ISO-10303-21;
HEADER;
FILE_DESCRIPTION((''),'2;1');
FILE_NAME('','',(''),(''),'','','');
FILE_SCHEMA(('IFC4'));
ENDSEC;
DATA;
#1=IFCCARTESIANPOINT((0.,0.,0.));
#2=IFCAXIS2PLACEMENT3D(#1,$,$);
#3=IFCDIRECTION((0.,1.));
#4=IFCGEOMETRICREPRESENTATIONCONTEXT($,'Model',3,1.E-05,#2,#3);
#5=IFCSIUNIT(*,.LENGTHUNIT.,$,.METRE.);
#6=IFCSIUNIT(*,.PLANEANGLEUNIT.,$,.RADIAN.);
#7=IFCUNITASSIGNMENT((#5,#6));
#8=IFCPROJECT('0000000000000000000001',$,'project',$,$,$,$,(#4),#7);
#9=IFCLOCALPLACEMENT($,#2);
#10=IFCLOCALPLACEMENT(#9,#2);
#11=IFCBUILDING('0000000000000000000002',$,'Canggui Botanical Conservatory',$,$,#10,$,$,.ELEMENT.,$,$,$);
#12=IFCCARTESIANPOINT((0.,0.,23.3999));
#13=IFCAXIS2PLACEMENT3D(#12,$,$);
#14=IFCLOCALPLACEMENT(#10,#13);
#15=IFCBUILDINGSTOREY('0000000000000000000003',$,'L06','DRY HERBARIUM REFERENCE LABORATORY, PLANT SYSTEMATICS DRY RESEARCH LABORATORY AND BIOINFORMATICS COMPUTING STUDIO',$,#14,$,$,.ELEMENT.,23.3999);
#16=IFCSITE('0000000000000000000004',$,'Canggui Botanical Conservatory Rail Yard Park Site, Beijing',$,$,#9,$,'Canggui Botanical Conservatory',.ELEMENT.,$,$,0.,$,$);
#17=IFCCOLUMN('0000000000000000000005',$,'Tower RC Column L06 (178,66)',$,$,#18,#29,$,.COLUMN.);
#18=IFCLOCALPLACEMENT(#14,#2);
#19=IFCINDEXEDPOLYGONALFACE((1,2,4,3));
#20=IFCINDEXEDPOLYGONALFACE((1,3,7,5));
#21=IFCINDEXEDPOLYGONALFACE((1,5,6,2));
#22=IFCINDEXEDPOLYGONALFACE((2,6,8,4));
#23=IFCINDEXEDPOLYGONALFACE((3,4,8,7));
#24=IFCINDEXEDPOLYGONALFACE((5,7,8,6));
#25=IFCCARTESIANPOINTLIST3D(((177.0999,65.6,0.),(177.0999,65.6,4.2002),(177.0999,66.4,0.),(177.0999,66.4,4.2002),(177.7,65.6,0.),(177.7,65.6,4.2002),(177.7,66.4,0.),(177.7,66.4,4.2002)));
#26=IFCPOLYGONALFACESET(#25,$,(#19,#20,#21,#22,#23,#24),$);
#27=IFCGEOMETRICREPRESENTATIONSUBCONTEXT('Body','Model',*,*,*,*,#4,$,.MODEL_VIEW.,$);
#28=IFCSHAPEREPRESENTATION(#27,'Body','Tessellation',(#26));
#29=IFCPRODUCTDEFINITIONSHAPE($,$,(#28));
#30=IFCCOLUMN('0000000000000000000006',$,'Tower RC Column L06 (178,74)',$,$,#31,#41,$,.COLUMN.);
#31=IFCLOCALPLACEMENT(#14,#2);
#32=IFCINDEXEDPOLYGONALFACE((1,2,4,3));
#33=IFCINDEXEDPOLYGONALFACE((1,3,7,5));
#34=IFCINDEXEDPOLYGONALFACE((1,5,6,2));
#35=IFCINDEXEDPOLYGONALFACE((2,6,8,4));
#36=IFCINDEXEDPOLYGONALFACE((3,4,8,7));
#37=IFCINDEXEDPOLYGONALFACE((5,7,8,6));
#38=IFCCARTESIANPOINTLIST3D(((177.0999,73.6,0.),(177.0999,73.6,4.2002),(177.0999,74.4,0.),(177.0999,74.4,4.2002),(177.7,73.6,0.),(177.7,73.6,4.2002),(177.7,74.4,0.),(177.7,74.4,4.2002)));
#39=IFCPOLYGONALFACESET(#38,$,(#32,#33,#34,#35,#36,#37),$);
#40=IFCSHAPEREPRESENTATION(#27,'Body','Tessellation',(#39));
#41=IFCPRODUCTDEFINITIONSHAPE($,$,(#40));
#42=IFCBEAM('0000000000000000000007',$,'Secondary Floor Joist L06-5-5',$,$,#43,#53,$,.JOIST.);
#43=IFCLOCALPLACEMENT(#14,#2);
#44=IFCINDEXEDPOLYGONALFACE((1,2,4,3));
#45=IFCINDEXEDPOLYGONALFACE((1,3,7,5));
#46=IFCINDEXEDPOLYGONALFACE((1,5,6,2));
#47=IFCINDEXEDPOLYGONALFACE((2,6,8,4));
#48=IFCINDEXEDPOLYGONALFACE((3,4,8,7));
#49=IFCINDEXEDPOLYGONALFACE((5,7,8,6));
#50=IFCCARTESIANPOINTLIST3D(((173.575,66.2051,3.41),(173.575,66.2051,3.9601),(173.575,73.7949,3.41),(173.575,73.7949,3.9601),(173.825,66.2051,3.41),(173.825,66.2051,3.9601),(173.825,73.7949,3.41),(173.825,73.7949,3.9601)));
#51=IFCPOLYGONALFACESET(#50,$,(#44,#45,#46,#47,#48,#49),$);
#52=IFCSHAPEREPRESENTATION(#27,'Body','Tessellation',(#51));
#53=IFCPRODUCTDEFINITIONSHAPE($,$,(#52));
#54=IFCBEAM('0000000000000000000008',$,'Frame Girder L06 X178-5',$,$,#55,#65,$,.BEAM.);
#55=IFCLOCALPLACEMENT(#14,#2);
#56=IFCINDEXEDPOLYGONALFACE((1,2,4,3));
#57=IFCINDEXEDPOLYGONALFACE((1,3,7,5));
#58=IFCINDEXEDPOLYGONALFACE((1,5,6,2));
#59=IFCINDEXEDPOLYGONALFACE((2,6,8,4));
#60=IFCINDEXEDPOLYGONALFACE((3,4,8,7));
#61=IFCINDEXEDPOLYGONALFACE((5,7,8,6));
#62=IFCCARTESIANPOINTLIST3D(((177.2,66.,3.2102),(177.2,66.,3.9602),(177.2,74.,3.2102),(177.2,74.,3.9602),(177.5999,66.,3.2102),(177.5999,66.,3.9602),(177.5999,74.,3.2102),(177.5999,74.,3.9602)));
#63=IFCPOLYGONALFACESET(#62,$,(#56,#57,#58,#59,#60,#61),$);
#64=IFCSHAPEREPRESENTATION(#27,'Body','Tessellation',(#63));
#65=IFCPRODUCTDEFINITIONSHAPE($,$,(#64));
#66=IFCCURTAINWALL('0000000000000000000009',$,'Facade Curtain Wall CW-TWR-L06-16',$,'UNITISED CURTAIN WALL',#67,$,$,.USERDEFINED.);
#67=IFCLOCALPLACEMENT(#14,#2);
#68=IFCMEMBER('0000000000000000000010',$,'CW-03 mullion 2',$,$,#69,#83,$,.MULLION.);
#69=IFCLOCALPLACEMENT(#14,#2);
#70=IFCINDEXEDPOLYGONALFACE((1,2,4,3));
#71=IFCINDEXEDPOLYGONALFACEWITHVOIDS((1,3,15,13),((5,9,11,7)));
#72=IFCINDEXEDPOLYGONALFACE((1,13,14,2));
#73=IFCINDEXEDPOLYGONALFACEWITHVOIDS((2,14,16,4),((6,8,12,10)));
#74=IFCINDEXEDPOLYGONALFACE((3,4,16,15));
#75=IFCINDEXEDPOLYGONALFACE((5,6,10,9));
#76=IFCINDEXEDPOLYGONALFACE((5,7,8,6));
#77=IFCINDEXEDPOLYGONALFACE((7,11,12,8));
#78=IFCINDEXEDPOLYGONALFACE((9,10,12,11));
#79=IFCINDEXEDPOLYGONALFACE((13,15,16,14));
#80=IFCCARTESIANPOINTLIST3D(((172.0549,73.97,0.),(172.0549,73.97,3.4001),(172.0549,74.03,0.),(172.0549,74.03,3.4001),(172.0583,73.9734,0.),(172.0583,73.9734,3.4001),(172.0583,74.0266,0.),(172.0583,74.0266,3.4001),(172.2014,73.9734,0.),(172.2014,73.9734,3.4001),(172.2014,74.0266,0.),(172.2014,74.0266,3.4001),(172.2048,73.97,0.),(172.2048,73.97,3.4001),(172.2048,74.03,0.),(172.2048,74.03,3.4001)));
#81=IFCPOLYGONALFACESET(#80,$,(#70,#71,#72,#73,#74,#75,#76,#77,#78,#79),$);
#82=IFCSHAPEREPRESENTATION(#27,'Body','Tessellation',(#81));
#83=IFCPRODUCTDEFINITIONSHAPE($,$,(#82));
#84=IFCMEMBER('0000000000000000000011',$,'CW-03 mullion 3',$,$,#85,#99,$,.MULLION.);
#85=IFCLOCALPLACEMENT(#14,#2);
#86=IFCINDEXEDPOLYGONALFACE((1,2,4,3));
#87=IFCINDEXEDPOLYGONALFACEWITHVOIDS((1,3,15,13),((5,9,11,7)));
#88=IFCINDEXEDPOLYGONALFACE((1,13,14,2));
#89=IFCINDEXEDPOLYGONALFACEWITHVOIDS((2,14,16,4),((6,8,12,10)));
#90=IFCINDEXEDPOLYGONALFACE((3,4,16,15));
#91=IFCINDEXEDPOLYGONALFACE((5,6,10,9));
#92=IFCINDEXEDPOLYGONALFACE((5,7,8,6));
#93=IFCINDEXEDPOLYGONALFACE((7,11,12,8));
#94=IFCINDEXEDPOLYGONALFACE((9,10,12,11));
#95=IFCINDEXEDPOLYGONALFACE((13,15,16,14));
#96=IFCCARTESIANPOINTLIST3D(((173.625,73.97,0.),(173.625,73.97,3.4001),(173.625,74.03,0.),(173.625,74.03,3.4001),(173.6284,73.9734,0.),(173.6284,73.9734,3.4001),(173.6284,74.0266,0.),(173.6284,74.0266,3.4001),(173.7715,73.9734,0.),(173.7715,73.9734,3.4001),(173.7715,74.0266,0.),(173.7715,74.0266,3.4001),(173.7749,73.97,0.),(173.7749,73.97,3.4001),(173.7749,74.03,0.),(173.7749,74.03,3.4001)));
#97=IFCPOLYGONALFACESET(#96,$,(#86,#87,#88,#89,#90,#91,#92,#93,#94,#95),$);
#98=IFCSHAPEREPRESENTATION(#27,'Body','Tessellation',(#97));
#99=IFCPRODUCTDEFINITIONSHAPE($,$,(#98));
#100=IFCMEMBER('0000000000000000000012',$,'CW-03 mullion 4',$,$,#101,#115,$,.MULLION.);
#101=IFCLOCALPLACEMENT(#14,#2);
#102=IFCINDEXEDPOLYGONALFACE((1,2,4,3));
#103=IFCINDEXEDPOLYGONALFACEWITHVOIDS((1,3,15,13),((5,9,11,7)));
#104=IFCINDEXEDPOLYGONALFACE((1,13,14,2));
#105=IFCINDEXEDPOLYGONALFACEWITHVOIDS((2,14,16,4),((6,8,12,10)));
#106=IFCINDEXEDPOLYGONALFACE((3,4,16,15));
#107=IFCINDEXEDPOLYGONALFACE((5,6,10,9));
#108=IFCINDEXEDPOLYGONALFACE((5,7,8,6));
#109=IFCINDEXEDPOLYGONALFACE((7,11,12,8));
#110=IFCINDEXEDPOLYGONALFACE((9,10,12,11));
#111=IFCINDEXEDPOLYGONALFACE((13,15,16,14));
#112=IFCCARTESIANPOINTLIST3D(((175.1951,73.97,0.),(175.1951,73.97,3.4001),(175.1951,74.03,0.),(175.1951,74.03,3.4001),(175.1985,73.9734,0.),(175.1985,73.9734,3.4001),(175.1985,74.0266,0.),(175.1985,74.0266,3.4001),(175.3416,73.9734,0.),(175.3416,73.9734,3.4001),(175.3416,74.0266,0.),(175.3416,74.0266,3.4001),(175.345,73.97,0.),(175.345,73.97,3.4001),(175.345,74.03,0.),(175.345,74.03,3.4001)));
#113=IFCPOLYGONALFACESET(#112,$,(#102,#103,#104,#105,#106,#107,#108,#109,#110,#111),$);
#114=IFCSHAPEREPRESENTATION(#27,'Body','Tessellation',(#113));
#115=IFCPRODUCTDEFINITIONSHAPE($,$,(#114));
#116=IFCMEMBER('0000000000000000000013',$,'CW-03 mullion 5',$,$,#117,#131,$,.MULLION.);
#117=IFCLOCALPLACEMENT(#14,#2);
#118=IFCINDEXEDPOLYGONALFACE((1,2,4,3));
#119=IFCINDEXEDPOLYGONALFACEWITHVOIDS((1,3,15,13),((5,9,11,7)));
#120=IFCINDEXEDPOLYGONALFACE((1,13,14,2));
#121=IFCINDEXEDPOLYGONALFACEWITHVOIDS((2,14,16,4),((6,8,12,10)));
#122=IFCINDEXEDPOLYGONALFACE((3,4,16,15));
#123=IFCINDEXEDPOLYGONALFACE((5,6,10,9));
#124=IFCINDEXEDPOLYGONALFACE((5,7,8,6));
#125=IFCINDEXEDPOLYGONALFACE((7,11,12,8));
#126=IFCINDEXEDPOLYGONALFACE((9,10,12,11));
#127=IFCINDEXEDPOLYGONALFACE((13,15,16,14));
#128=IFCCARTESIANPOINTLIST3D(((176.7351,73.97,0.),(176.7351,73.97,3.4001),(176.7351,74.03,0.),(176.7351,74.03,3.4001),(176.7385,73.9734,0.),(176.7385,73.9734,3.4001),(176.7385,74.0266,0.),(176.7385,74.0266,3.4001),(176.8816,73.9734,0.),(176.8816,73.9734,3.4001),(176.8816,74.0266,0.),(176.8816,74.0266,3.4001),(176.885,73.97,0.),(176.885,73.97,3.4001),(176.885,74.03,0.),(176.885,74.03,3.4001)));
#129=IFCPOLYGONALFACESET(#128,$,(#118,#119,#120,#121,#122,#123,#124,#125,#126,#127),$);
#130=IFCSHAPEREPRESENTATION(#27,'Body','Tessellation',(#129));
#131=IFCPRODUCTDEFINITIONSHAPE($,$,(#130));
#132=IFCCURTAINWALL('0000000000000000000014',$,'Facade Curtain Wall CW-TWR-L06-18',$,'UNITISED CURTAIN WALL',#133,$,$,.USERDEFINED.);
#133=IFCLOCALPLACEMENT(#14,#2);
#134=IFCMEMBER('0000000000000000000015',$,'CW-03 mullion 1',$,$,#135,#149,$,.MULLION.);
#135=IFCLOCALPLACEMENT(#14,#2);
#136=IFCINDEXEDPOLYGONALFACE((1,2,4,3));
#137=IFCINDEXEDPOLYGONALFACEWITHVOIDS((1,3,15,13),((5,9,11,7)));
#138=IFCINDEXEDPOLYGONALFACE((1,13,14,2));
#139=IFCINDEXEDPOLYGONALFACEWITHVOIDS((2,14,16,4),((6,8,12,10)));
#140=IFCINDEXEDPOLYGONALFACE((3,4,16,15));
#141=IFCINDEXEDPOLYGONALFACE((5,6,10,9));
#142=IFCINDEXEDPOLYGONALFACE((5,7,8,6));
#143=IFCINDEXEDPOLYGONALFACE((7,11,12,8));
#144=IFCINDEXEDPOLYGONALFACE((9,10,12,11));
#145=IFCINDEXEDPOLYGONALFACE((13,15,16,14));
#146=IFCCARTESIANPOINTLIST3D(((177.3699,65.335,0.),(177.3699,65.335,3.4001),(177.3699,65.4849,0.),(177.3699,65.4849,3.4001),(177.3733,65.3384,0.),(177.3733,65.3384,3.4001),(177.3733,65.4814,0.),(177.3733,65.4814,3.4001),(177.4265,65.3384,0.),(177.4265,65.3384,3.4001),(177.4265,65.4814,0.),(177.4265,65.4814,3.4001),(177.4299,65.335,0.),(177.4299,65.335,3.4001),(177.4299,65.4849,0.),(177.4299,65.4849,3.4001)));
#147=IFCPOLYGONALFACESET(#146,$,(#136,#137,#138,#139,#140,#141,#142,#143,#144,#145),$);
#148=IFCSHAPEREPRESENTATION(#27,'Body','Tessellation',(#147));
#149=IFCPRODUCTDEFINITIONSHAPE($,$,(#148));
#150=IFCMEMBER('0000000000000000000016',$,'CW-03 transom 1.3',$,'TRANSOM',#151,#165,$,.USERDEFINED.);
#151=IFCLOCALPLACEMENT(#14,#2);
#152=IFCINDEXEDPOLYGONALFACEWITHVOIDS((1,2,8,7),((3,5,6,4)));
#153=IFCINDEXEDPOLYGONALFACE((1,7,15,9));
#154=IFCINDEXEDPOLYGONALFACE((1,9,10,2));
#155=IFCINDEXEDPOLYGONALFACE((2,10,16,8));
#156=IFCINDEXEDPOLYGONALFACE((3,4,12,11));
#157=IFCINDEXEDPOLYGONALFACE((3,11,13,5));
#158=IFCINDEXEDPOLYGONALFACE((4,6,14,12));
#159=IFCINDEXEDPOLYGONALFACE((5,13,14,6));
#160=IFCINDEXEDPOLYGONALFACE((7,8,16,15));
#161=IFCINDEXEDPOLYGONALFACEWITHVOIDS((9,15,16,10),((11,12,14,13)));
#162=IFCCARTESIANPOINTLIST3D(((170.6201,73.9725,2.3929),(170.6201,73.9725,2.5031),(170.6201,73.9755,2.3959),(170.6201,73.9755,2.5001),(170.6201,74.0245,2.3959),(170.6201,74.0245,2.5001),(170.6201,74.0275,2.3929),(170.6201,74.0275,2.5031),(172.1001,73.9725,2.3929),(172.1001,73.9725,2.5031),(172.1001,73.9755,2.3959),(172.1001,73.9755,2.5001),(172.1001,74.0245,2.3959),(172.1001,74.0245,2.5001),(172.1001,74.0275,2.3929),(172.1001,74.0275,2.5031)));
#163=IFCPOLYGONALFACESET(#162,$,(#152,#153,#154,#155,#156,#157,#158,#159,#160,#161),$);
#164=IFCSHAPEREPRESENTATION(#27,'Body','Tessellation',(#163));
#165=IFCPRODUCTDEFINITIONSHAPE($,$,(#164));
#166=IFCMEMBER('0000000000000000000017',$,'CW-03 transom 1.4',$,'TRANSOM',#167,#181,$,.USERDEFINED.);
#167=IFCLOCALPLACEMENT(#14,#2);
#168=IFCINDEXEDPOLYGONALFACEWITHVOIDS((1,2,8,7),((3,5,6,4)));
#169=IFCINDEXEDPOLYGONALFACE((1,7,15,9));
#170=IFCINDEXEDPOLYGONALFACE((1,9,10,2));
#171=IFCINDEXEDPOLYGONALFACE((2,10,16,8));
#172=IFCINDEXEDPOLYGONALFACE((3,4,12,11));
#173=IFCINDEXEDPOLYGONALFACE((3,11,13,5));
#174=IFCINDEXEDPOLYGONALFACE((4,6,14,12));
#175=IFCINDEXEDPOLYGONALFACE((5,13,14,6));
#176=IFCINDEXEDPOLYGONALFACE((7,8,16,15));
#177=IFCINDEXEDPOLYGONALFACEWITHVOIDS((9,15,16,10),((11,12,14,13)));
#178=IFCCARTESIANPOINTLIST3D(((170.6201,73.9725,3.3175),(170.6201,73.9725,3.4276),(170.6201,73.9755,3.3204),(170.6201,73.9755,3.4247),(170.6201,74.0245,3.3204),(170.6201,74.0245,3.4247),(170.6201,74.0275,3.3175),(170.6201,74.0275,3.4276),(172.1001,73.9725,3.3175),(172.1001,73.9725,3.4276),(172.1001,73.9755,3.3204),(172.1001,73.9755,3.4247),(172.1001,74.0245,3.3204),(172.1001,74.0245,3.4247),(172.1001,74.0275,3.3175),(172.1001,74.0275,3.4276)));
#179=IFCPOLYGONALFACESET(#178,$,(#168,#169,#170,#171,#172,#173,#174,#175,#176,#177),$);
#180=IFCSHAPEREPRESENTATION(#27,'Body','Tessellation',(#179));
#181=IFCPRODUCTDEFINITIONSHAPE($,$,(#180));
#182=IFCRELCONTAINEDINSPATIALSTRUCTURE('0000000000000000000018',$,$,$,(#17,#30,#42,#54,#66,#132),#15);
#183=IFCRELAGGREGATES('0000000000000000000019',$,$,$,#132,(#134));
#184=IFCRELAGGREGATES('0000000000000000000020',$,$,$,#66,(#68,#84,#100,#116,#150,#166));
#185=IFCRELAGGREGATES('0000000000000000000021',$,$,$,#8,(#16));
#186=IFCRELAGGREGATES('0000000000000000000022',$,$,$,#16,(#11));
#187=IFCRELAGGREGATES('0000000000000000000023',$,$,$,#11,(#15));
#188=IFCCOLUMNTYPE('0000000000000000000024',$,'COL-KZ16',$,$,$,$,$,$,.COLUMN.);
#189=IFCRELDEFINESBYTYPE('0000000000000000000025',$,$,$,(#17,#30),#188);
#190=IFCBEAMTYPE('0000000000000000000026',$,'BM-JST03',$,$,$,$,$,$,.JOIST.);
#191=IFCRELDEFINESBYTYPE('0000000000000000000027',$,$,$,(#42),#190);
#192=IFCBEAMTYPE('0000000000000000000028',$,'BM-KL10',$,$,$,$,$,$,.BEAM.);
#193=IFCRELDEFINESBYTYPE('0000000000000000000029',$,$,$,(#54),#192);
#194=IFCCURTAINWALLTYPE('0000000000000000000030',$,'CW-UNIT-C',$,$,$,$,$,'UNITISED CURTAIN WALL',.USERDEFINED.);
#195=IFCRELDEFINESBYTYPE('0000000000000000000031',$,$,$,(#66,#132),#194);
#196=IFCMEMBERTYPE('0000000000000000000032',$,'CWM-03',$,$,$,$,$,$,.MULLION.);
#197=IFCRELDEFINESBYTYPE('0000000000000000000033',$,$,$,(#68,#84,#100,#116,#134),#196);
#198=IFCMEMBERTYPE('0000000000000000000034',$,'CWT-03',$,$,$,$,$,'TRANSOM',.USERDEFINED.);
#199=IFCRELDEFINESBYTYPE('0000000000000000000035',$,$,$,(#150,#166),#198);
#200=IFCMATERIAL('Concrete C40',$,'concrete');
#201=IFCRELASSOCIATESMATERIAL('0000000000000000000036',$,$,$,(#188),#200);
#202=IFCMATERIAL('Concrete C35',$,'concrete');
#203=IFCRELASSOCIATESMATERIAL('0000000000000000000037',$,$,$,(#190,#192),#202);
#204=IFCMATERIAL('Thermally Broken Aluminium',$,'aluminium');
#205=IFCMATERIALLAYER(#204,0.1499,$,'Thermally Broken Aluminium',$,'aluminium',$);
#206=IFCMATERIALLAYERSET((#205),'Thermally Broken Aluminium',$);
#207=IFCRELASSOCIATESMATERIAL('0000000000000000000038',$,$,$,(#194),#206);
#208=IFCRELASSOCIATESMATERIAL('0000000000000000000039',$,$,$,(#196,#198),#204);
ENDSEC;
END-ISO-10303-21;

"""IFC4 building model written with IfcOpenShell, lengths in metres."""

from ifc_helpers import new_model, si_unit, direction, frame, origin, origin_2d, place, context, subcontext, project, spatial, rectangle, hollow_rectangle, extrude, material, layer, layer_set, material_profile, profile_set, type_object, element, aggregate, save


model = new_model("IFC4")

# Units and contexts
model_context = context("Model", 3, precision=1e-05, world=origin(), true_north=direction((0.0, 1.0)))
body_context = subcontext(model_context, "Body", "Model", "MODEL_VIEW")
ifc_project = project(units=[si_unit("LENGTHUNIT", "METRE"), si_unit("PLANEANGLEUNIT", "RADIAN")], contexts=[model_context])

# Site, building, storey
site_placement = place(None, origin())
site = spatial("IfcSite", under=ifc_project, at=site_placement, Name="Canggui Botanical Conservatory Rail Yard Park Site, Beijing", LongName="Canggui Botanical Conservatory", CompositionType="ELEMENT", RefElevation=0.0)
building_placement = place(site_placement, origin())
building = spatial("IfcBuilding", under=site, at=building_placement, Name="Canggui Botanical Conservatory", CompositionType="ELEMENT")
storey_placement = place(building_placement, frame((0.0, 0.0, 23.3999)))
storey = spatial("IfcBuildingStorey", under=building, at=storey_placement, Name="L06", Description="DRY HERBARIUM REFERENCE LABORATORY, PLANT SYSTEMATICS DRY RESEARCH LABORATORY AND BIOINFORMATICS COMPUTING STUDIO", CompositionType="ELEMENT", Elevation=23.3999)

# Columns
ifc_material_1 = material(Name="Concrete C40", Category="concrete")
ifc_material_profile_1 = material_profile(ifc_material_1, rectangle(XDim=0.6001, YDim=0.8, at=origin_2d()), Name="RC 600x800")
ifc_profile_set_1 = profile_set([ifc_material_profile_1], Name="Concrete C40")
column_type = type_object("IfcColumnType", Name="COL-KZ16", PredefinedType="COLUMN", material=ifc_profile_set_1)
for number, where, z_axis, x_axis, name in (
    (1, (177.3999, 66.0, 0.0), (0.0, 0.0, 1.0), (1.0, 0.0, 0.0), "Tower RC Column L06 (178,66)"),
    (2, (177.3999, 74.0, 0.0), (0.0, 0.0, 1.0), (1.0, 0.0, 0.0), "Tower RC Column L06 (178,74)"),
):
    element("IfcColumn", number, at=place(storey_placement, frame(where, z_axis=z_axis, x_axis=x_axis)), inside=storey, type_object=column_type, Name=name, PredefinedType="COLUMN", context=body_context, shape_type="SweptSolid", body=[
        extrude(rectangle(XDim=0.6001, YDim=0.8, at=origin_2d()), origin(), (0.0, 0.0, 1.0), 4.2002),
    ])

# Beams
ifc_material_2 = material(Name="Concrete C35", Category="concrete")
ifc_material_profile_2 = material_profile(ifc_material_2, rectangle(XDim=0.25, YDim=0.55, at=origin_2d()), Name="RB 250x550")
ifc_profile_set_2 = profile_set([ifc_material_profile_2], Name="Concrete C35")
beam_type_1 = type_object("IfcBeamType", Name="BM-JST03", PredefinedType="JOIST", material=ifc_profile_set_2)
beam_1_placement = place(storey_placement, frame((173.7, 66.2051, 3.6851), z_axis=(0.0, 1.0, 0.0), x_axis=(-1.0, 0.0, 0.0)))
element("IfcBeam", 3, at=beam_1_placement, inside=storey, type_object=beam_type_1, Name="Secondary Floor Joist L06-5-5", PredefinedType="JOIST", context=body_context, shape_type="SweptSolid", body=[
    extrude(rectangle(XDim=0.25, YDim=0.55, at=origin_2d()), origin(), (0.0, 0.0, 1.0), 7.5898),
])
ifc_material_profile_3 = material_profile(ifc_material_2, rectangle(XDim=0.3999, YDim=0.75, at=origin_2d()), Name="RB 400x750")
ifc_profile_set_3 = profile_set([ifc_material_profile_3], Name="Concrete C35")
beam_type_2 = type_object("IfcBeamType", Name="BM-KL10", PredefinedType="BEAM", material=ifc_profile_set_3)
beam_2_placement = place(storey_placement, frame((177.3999, 66.0, 3.5852), z_axis=(0.0, 1.0, 0.0), x_axis=(-1.0, 0.0, 0.0)))
element("IfcBeam", 4, at=beam_2_placement, inside=storey, type_object=beam_type_2, Name="Frame Girder L06 X178-5", PredefinedType="BEAM", context=body_context, shape_type="SweptSolid", body=[
    extrude(rectangle(XDim=0.3999, YDim=0.75, at=origin_2d()), origin(), (0.0, 0.0, 1.0), 8.0),
])

# Curtain wall, members
ifc_material_3 = material(Name="Thermally Broken Aluminium", Category="aluminium")
ifc_layer_1 = layer(ifc_material_3, 0.1499, Name="Thermally Broken Aluminium", Category="aluminium")
ifc_layer_set_1 = layer_set([ifc_layer_1], Name="Thermally Broken Aluminium")
curtain_wall_type = type_object("IfcCurtainWallType", Name="CW-UNIT-C", ElementType="UNITISED CURTAIN WALL", PredefinedType="USERDEFINED", material=ifc_layer_set_1)
curtain_wall_1_placement = place(storey_placement, origin())
curtain_wall_1 = element("IfcCurtainWall", 5, at=curtain_wall_1_placement, inside=storey, type_object=curtain_wall_type, Name="Facade Curtain Wall CW-TWR-L06-16", ObjectType="UNITISED CURTAIN WALL", PredefinedType="USERDEFINED")
ifc_material_profile_4 = material_profile(ifc_material_3, hollow_rectangle(XDim=0.0601, YDim=0.1499, WallThickness=0.0034, at=origin_2d()), Name="CWM 60x150x3.5")
ifc_profile_set_4 = profile_set([ifc_material_profile_4], Name="Thermally Broken Aluminium")
member_type_1 = type_object("IfcMemberType", Name="CWM-03", PredefinedType="MULLION", material=ifc_profile_set_4)
member_1_placement = place(storey_placement, frame((172.1299, 74.0, 0.0), z_axis=(0.0, 0.0, 1.0), x_axis=(0.0, 1.0, 0.0)))
member_1 = element("IfcMember", 6, at=member_1_placement, type_object=member_type_1, Name="CW-03 mullion 2", PredefinedType="MULLION", context=body_context, shape_type="SweptSolid", body=[
    extrude(hollow_rectangle(XDim=0.0601, YDim=0.1499, WallThickness=0.0034, at=origin_2d()), origin(), (0.0, 0.0, 1.0), 3.4001),
])
member_2_placement = place(storey_placement, frame((173.7, 74.0, 0.0), z_axis=(0.0, 0.0, 1.0), x_axis=(0.0, 1.0, 0.0)))
member_2 = element("IfcMember", 7, at=member_2_placement, type_object=member_type_1, Name="CW-03 mullion 3", PredefinedType="MULLION", context=body_context, shape_type="SweptSolid", body=[
    extrude(hollow_rectangle(XDim=0.0601, YDim=0.1499, WallThickness=0.0034, at=origin_2d()), origin(), (0.0, 0.0, 1.0), 3.4001),
])
member_3_placement = place(storey_placement, frame((175.27, 74.0, 0.0), z_axis=(0.0, 0.0, 1.0), x_axis=(0.0, 1.0, 0.0)))
member_3 = element("IfcMember", 8, at=member_3_placement, type_object=member_type_1, Name="CW-03 mullion 4", PredefinedType="MULLION", context=body_context, shape_type="SweptSolid", body=[
    extrude(hollow_rectangle(XDim=0.0601, YDim=0.1499, WallThickness=0.0034, at=origin_2d()), origin(), (0.0, 0.0, 1.0), 3.4001),
])
member_4_placement = place(storey_placement, frame((176.8101, 74.0, 0.0), z_axis=(0.0, 0.0, 1.0), x_axis=(0.0, 1.0, 0.0)))
member_4 = element("IfcMember", 9, at=member_4_placement, type_object=member_type_1, Name="CW-03 mullion 5", PredefinedType="MULLION", context=body_context, shape_type="SweptSolid", body=[
    extrude(hollow_rectangle(XDim=0.0601, YDim=0.1499, WallThickness=0.0034, at=origin_2d()), origin(), (0.0, 0.0, 1.0), 3.4001),
])

# Curtain wall, member
curtain_wall_2_placement = place(storey_placement, origin())
curtain_wall_2 = element("IfcCurtainWall", 10, at=curtain_wall_2_placement, inside=storey, type_object=curtain_wall_type, Name="Facade Curtain Wall CW-TWR-L06-18", ObjectType="UNITISED CURTAIN WALL", PredefinedType="USERDEFINED")
member_5_placement = place(storey_placement, frame((177.3999, 65.4099, 0.0), z_axis=(0.0, 0.0, 1.0), x_axis=(1.0, 0.0, 0.0)))
member_5 = element("IfcMember", 11, at=member_5_placement, type_object=member_type_1, Name="CW-03 mullion 1", PredefinedType="MULLION", context=body_context, shape_type="SweptSolid", body=[
    extrude(hollow_rectangle(XDim=0.0601, YDim=0.1499, WallThickness=0.0034, at=origin_2d()), origin(), (0.0, 0.0, 1.0), 3.4001),
])
aggregate(curtain_wall_2, [member_5])

# Members
ifc_material_profile_5 = material_profile(ifc_material_3, hollow_rectangle(XDim=0.0549, YDim=0.1101, WallThickness=0.0029, at=origin_2d()), Name="CWT 55x110x3")
ifc_profile_set_5 = profile_set([ifc_material_profile_5], Name="Thermally Broken Aluminium")
member_type_2 = type_object("IfcMemberType", Name="CWT-03", ElementType="TRANSOM", PredefinedType="USERDEFINED", material=ifc_profile_set_5)
member_6_placement = place(storey_placement, frame((170.6201, 74.0, 2.448), z_axis=(1.0, 0.0, 0.0), x_axis=(0.0, 1.0, 0.0)))
member_6 = element("IfcMember", 12, at=member_6_placement, type_object=member_type_2, Name="CW-03 transom 1.3", ObjectType="TRANSOM", PredefinedType="USERDEFINED", context=body_context, shape_type="SweptSolid", body=[
    extrude(hollow_rectangle(XDim=0.0549, YDim=0.1101, WallThickness=0.0029, at=origin_2d()), origin(), (0.0, 0.0, 1.0), 1.48),
])
member_7_placement = place(storey_placement, frame((170.6201, 74.0, 3.3726), z_axis=(1.0, 0.0, 0.0), x_axis=(0.0, 1.0, 0.0)))
member_7 = element("IfcMember", 13, at=member_7_placement, type_object=member_type_2, Name="CW-03 transom 1.4", ObjectType="TRANSOM", PredefinedType="USERDEFINED", context=body_context, shape_type="SweptSolid", body=[
    extrude(hollow_rectangle(XDim=0.0549, YDim=0.1101, WallThickness=0.0029, at=origin_2d()), origin(), (0.0, 0.0, 1.0), 1.48),
])

aggregate(curtain_wall_1, [member_1, member_2, member_3, member_4, member_6, member_7])

save(model, "model.ifc")
